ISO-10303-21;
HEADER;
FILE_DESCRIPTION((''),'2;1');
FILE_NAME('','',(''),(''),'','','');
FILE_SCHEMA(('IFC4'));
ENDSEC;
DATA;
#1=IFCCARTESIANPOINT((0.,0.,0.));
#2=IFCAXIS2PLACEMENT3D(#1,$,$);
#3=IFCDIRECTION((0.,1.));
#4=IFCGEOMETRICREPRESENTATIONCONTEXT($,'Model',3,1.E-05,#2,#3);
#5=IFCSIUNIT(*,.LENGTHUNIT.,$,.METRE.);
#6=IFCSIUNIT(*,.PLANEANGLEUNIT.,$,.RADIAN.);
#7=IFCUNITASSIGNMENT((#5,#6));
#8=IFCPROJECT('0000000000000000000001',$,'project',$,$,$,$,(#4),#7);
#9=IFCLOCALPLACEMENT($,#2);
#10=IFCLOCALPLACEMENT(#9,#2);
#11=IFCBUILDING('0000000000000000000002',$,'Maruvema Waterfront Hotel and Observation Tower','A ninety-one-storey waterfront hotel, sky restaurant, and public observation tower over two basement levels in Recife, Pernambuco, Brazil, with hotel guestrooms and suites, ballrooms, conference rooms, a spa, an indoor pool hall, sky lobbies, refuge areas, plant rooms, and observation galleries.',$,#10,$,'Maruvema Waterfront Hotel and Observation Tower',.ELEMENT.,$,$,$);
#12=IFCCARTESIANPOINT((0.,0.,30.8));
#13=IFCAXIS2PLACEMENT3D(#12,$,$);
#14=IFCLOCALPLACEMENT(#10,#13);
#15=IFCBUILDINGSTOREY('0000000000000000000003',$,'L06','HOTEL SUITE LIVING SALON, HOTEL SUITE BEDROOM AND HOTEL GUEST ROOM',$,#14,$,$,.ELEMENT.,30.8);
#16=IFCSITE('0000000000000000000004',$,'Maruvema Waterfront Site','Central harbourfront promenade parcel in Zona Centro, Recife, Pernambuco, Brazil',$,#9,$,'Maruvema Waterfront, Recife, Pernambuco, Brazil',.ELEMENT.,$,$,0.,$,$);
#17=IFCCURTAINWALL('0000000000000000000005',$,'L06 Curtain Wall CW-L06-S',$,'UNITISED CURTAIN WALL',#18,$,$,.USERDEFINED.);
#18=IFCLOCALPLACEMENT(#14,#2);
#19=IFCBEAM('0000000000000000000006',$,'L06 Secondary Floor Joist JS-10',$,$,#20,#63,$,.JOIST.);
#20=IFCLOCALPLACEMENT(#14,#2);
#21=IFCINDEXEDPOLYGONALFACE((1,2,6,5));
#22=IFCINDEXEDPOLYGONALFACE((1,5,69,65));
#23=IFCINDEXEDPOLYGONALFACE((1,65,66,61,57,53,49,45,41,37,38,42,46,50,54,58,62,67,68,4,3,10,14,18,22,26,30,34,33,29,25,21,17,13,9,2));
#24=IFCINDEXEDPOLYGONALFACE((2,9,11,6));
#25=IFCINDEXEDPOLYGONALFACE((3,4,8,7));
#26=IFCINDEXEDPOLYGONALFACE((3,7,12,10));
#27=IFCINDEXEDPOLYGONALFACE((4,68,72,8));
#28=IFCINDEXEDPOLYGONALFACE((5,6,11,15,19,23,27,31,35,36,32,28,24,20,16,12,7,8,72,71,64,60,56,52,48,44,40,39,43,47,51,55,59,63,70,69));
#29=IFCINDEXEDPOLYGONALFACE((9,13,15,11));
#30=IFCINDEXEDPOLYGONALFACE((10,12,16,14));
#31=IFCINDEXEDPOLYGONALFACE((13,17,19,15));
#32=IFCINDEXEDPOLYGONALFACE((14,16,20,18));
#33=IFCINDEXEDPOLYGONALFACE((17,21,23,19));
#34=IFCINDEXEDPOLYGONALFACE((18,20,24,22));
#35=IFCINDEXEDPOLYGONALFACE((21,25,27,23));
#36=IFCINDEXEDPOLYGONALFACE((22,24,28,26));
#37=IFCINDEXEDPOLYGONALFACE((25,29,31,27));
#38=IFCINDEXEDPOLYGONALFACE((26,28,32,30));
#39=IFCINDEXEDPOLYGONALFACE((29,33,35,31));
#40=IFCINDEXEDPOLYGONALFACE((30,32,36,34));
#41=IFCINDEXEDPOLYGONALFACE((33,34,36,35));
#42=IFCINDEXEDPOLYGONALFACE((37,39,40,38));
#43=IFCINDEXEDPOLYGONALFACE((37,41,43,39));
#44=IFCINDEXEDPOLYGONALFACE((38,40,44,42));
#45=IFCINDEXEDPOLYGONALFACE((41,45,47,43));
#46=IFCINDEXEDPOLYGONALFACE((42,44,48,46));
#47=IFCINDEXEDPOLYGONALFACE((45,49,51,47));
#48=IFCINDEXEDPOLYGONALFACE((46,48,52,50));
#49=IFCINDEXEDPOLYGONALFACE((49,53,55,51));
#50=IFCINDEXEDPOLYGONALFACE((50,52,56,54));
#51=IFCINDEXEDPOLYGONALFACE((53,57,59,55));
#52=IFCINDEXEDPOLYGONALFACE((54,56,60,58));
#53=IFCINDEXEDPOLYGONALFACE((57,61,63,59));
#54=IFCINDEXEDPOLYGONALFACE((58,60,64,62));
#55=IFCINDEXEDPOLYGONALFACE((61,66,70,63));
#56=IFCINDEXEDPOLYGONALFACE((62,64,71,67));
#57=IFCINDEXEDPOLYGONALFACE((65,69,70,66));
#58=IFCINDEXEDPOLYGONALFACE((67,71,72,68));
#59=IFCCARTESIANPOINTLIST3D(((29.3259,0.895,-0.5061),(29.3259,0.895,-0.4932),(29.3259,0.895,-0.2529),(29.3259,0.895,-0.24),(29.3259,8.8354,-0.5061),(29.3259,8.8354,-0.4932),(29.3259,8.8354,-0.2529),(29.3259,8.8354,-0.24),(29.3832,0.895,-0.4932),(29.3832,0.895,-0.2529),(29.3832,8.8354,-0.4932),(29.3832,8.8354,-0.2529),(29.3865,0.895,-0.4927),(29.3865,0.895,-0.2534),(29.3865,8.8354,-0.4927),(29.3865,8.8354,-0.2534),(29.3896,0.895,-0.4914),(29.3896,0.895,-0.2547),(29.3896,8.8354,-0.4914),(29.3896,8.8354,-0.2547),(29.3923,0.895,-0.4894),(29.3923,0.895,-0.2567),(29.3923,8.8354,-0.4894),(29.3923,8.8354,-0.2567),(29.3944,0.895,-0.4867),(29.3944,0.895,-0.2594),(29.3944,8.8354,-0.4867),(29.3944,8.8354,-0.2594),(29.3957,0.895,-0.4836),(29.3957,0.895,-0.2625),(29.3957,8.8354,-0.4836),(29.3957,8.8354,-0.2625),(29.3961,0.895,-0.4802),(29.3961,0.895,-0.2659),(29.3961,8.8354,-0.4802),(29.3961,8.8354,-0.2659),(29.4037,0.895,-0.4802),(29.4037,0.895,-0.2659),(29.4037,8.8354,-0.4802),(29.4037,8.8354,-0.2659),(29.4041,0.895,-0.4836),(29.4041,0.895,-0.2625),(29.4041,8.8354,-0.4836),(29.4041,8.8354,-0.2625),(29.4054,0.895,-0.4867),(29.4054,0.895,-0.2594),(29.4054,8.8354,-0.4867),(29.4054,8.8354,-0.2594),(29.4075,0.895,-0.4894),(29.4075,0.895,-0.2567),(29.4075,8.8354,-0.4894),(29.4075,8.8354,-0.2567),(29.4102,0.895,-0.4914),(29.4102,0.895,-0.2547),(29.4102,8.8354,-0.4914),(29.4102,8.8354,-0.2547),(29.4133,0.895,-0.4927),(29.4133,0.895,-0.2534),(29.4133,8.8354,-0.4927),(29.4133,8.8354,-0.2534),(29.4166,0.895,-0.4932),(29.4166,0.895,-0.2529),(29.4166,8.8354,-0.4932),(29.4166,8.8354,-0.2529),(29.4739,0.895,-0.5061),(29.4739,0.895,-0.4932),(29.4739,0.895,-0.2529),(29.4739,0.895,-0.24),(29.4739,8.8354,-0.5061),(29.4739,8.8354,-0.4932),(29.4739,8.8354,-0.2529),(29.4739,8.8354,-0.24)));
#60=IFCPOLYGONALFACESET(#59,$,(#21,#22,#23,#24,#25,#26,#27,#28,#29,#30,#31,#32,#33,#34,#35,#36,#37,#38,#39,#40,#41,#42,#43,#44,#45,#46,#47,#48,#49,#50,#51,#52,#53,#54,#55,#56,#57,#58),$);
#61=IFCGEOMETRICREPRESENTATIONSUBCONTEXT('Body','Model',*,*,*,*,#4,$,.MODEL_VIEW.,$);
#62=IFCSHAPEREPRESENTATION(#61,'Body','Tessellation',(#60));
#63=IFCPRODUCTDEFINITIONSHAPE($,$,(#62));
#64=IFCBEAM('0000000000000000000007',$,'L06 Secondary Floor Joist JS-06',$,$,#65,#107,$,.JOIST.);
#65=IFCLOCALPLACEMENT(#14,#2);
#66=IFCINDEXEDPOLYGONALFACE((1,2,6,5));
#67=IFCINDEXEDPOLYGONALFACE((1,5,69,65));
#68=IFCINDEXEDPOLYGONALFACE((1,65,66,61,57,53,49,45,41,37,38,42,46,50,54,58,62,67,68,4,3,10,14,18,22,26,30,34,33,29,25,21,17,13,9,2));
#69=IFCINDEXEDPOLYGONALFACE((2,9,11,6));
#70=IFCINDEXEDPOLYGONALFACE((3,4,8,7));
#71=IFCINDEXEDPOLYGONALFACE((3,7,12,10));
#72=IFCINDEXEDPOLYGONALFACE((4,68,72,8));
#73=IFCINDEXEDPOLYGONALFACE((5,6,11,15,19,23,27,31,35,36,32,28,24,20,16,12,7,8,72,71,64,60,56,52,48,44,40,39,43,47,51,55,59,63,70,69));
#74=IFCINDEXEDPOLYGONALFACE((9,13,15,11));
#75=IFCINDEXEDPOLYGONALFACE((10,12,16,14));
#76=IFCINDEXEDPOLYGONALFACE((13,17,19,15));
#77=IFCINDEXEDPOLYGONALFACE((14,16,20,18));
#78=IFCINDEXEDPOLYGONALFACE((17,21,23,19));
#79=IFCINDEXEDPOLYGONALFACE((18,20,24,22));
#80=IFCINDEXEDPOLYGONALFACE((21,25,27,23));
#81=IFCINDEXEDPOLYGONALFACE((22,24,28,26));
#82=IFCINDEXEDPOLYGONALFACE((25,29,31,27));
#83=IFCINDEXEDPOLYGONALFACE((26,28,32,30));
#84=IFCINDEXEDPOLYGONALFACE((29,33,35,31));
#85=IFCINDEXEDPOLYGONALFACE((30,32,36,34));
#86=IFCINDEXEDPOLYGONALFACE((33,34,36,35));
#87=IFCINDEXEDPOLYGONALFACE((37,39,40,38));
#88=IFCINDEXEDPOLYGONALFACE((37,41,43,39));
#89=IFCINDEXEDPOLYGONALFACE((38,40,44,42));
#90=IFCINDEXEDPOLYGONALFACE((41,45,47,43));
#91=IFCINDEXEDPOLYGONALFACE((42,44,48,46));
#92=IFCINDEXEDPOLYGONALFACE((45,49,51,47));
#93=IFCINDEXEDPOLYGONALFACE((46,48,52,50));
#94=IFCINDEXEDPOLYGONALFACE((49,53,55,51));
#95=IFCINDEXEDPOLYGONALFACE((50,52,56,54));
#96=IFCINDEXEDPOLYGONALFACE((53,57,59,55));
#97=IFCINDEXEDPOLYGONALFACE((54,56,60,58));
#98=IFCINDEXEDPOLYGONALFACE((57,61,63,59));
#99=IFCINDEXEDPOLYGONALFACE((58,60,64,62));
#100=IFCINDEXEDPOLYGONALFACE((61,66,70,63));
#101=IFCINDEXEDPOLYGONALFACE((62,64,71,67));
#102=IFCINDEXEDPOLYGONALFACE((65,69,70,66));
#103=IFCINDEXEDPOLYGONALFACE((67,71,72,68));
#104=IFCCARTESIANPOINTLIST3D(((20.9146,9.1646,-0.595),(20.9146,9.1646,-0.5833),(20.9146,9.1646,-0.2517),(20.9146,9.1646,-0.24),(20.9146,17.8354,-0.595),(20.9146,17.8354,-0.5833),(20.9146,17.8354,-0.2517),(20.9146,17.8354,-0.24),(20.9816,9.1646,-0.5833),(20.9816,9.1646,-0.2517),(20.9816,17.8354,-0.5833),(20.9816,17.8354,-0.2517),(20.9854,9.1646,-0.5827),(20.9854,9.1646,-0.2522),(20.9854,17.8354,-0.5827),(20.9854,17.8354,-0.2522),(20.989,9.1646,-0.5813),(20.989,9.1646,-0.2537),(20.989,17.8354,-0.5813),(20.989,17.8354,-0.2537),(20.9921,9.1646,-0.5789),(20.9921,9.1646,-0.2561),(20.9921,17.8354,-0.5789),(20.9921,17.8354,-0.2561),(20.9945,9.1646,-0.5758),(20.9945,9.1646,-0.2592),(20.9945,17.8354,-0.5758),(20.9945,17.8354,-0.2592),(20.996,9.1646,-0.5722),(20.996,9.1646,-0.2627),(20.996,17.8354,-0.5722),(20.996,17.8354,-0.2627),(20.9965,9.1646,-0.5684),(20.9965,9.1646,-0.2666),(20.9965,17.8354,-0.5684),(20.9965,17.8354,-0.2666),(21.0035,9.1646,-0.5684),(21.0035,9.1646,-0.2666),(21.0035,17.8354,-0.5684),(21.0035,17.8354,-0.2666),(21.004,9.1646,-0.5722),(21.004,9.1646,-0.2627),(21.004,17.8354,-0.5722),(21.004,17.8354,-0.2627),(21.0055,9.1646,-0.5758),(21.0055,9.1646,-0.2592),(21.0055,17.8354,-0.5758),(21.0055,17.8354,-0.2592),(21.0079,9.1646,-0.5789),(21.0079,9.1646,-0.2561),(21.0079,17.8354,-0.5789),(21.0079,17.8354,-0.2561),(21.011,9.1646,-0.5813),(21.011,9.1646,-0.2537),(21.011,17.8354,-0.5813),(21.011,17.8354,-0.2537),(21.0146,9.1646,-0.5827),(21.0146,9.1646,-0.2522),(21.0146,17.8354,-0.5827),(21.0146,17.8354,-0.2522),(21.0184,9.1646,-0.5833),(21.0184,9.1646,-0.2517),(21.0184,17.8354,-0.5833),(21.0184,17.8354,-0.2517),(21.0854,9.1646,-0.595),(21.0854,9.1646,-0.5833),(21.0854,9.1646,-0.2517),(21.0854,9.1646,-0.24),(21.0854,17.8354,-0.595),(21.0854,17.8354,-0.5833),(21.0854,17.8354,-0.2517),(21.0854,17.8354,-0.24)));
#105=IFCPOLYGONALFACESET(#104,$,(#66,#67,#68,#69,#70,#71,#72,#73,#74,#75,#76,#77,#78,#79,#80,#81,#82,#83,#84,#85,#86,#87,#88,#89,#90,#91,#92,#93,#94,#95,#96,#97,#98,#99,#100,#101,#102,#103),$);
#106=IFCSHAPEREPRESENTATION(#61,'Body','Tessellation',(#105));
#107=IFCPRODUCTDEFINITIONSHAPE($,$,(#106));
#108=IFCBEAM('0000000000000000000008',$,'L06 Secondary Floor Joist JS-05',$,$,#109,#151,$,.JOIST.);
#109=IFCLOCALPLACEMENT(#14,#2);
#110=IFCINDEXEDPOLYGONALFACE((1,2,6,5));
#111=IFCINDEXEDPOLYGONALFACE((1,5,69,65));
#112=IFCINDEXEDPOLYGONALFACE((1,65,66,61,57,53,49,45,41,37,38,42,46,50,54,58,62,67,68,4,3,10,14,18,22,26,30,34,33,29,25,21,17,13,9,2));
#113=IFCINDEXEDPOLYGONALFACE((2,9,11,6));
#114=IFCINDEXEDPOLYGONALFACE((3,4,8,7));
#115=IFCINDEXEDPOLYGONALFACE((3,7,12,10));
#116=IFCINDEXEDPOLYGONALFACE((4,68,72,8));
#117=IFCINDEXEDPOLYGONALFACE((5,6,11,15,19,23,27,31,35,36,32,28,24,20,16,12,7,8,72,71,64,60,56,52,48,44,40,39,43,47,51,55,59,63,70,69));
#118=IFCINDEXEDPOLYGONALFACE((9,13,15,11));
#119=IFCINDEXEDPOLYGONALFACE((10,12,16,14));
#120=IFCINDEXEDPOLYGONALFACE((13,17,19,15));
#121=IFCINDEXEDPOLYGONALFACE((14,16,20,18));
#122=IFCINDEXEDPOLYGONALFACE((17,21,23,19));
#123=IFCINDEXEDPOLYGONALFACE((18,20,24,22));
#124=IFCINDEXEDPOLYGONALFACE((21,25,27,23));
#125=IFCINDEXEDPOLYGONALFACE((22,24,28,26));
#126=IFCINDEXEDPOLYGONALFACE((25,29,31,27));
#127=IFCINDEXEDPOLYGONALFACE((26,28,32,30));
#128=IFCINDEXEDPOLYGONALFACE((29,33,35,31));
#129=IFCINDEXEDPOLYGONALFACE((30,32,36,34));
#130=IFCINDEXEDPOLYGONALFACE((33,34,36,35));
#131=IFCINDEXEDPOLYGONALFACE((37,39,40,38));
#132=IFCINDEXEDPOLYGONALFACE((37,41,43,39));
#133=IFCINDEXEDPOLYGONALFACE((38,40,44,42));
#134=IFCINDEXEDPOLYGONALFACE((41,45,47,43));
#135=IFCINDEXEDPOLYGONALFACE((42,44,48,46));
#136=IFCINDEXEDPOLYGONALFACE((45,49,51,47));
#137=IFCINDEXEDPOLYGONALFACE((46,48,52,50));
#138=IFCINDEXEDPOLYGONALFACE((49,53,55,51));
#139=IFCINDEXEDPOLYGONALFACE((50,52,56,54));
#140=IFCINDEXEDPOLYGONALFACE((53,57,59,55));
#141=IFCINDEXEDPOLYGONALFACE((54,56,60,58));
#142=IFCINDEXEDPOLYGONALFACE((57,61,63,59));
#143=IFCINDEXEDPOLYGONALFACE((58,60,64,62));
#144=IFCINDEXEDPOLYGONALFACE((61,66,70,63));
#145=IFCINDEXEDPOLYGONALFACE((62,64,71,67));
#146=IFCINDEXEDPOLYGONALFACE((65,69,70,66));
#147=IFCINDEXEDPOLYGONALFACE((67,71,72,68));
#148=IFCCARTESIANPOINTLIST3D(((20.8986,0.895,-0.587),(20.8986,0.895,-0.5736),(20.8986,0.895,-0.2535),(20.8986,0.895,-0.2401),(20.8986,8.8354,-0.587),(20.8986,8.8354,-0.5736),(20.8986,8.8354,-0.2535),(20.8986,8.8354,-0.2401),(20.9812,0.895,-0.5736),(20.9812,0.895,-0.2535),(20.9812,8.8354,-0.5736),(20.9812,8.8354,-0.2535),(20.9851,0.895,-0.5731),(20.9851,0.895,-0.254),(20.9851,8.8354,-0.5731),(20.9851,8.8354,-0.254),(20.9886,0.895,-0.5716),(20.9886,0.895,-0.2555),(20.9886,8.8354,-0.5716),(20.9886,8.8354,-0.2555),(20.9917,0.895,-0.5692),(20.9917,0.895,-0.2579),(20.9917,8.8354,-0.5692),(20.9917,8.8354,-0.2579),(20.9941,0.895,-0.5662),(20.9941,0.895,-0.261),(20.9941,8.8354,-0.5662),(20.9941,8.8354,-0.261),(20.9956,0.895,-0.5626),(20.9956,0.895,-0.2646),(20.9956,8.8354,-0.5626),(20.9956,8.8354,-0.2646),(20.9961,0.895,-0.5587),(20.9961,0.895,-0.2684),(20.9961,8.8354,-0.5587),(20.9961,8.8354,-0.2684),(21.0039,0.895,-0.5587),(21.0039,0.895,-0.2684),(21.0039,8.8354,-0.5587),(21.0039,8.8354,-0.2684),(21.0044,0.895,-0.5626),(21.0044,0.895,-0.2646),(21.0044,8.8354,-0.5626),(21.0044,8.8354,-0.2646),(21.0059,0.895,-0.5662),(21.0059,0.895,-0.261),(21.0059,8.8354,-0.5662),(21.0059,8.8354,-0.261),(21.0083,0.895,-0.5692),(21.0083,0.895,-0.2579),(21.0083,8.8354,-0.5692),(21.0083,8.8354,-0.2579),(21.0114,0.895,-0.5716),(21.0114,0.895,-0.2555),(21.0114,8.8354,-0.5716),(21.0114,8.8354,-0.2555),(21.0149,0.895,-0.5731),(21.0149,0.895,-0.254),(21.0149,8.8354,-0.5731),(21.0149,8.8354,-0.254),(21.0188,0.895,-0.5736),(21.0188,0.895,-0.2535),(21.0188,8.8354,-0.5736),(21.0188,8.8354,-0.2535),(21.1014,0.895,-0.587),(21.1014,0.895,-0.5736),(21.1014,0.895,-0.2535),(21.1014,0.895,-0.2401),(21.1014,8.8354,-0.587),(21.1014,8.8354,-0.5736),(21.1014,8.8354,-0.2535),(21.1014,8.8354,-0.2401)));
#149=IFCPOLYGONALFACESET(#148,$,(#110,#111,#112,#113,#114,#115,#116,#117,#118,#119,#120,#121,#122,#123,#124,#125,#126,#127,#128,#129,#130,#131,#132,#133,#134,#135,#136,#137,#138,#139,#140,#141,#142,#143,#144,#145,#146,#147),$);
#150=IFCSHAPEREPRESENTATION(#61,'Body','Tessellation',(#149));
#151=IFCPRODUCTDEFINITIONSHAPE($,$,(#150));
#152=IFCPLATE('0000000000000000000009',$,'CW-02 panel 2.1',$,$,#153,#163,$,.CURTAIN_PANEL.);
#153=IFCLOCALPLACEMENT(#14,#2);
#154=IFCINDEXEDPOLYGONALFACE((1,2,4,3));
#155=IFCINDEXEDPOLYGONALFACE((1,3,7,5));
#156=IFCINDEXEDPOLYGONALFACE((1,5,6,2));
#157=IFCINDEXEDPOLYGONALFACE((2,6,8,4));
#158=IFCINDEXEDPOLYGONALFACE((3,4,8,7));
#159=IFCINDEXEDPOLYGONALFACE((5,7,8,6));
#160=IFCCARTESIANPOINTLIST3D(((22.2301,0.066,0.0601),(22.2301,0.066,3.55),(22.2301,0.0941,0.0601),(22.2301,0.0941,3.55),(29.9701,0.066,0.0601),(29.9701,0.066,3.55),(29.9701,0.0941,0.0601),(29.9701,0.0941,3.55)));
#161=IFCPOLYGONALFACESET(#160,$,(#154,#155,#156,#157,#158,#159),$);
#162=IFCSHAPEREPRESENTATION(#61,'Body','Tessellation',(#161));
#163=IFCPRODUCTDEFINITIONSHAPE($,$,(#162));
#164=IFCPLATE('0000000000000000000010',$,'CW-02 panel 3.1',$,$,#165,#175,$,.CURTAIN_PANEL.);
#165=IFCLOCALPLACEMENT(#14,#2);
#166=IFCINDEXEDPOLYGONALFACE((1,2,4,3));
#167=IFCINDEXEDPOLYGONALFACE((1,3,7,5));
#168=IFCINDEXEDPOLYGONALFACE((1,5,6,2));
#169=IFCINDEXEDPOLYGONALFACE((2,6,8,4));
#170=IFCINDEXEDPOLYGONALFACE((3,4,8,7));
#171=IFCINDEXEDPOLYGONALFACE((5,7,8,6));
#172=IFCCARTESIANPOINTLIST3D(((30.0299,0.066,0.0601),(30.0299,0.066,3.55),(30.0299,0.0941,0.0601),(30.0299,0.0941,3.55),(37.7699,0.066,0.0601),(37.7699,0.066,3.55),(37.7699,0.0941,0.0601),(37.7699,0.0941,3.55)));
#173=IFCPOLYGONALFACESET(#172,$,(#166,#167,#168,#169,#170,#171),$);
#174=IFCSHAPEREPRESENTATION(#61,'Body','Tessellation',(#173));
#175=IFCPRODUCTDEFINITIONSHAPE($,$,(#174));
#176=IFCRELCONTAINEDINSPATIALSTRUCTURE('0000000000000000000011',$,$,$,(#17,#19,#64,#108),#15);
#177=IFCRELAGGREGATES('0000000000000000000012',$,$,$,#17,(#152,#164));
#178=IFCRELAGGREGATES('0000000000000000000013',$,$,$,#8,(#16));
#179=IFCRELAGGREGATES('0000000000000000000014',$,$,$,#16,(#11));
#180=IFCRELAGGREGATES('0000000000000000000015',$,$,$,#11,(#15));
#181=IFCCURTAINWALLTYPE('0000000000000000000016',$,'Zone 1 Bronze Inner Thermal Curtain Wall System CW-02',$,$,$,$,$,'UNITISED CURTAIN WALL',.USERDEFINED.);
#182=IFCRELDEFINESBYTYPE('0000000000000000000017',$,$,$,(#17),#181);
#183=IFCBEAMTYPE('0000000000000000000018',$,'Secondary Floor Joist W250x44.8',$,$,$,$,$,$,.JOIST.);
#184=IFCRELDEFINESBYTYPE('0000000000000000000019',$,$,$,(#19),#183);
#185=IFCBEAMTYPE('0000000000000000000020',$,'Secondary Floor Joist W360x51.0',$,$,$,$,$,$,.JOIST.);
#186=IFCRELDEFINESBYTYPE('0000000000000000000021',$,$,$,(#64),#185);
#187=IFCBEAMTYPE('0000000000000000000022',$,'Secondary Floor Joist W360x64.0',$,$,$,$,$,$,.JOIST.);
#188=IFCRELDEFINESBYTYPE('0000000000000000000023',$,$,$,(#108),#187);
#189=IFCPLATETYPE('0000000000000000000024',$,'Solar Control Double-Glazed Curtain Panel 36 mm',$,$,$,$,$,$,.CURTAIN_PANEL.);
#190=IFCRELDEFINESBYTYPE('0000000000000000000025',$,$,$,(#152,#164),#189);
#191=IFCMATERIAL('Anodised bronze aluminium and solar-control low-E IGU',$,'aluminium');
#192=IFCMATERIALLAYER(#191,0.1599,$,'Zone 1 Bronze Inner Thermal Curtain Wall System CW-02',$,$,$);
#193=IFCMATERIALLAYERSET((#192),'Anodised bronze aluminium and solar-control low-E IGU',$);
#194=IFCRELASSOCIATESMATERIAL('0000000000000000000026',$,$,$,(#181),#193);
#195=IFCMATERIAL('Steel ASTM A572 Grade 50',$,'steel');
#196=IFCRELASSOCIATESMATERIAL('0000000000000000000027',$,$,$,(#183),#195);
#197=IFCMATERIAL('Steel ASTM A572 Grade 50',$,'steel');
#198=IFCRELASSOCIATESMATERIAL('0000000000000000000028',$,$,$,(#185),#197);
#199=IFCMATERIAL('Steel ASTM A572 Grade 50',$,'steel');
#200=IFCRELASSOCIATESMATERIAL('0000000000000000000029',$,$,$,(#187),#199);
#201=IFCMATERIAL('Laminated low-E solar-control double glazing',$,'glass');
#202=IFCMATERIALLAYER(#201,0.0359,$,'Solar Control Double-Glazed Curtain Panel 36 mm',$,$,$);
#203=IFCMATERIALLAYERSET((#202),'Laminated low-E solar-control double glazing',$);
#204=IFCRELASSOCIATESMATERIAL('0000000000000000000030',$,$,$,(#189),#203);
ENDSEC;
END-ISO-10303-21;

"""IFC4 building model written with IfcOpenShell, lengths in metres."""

from ifc_helpers import new_model, si_unit, direction, frame, origin, origin_2d, place, context, subcontext, project, spatial, rectangle, i_section, extrude, material, layer, layer_set, material_profile, profile_set, type_object, element, aggregate, save


model = new_model("IFC4")

# Units and contexts
model_context = context("Model", 3, precision=1e-05, world=origin(), true_north=direction((0.0, 1.0)))
body_context = subcontext(model_context, "Body", "Model", "MODEL_VIEW")
ifc_project = project(units=[si_unit("LENGTHUNIT", "METRE"), si_unit("PLANEANGLEUNIT", "RADIAN")], contexts=[model_context])

# Site, building, storey
site_placement = place(None, origin())
site = spatial("IfcSite", under=ifc_project, at=site_placement, Name="Maruvema Waterfront Site", Description="Central harbourfront promenade parcel in Zona Centro, Recife, Pernambuco, Brazil", LongName="Maruvema Waterfront, Recife, Pernambuco, Brazil", CompositionType="ELEMENT", RefElevation=0.0)
building_placement = place(site_placement, origin())
building = spatial("IfcBuilding", under=site, at=building_placement, Name="Maruvema Waterfront Hotel and Observation Tower", Description="A ninety-one-storey waterfront hotel, sky restaurant, and public observation tower over two basement levels in Recife, Pernambuco, Brazil, with hotel guestrooms and suites, ballrooms, conference rooms, a spa, an indoor pool hall, sky lobbies, refuge areas, plant rooms, and observation galleries.", LongName="Maruvema Waterfront Hotel and Observation Tower", CompositionType="ELEMENT")
storey_placement = place(building_placement, frame((0.0, 0.0, 30.8)))
storey = spatial("IfcBuildingStorey", under=building, at=storey_placement, Name="L06", Description="HOTEL SUITE LIVING SALON, HOTEL SUITE BEDROOM AND HOTEL GUEST ROOM", CompositionType="ELEMENT", Elevation=30.8)

# Curtain wall
ifc_material_1 = material(Name="Anodised bronze aluminium and solar-control low-E IGU", Category="aluminium")
ifc_layer_1 = layer(ifc_material_1, 0.1599, Name="Zone 1 Bronze Inner Thermal Curtain Wall System CW-02")
ifc_layer_set_1 = layer_set([ifc_layer_1], Name="Anodised bronze aluminium and solar-control low-E IGU")
curtain_wall_type = type_object("IfcCurtainWallType", Name="Zone 1 Bronze Inner Thermal Curtain Wall System CW-02", ElementType="UNITISED CURTAIN WALL", PredefinedType="USERDEFINED", material=ifc_layer_set_1)
curtain_wall_placement = place(storey_placement, origin())
curtain_wall = element("IfcCurtainWall", 1, at=curtain_wall_placement, inside=storey, type_object=curtain_wall_type, Name="L06 Curtain Wall CW-L06-S", ObjectType="UNITISED CURTAIN WALL", PredefinedType="USERDEFINED")

# Beams
ifc_material_2 = material(Name="Steel ASTM A572 Grade 50", Category="steel")
ifc_material_profile_1 = material_profile(ifc_material_2, i_section(OverallWidth=0.1479, OverallDepth=0.2661, WebThickness=0.0076, FlangeThickness=0.0129, FilletRadius=0.0129, at=origin_2d()), Name="W250x44.8")
ifc_profile_set_1 = profile_set([ifc_material_profile_1], Name="Steel ASTM A572 Grade 50")
beam_type_1 = type_object("IfcBeamType", Name="Secondary Floor Joist W250x44.8", PredefinedType="JOIST", material=ifc_profile_set_1)
beam_1_placement = place(storey_placement, frame((29.3999, 0.895, -0.373), z_axis=(0.0, 1.0, 0.0), x_axis=(-1.0, 0.0, 0.0)))
element("IfcBeam", 2, at=beam_1_placement, inside=storey, type_object=beam_type_1, Name="L06 Secondary Floor Joist JS-10", PredefinedType="JOIST", context=body_context, shape_type="SweptSolid", body=[
    extrude(i_section(OverallWidth=0.1479, OverallDepth=0.2661, WebThickness=0.0076, FlangeThickness=0.0129, FilletRadius=0.0129, at=origin_2d()), origin(), (0.0, 0.0, 1.0), 7.9404),
])
ifc_material_3 = material(Name="Steel ASTM A572 Grade 50", Category="steel")
ifc_material_profile_2 = material_profile(ifc_material_3, i_section(OverallWidth=0.1709, OverallDepth=0.355, WebThickness=0.0071, FlangeThickness=0.0117, FilletRadius=0.0149, at=origin_2d()), Name="W360x51.0")
ifc_profile_set_2 = profile_set([ifc_material_profile_2], Name="Steel ASTM A572 Grade 50")
beam_type_2 = type_object("IfcBeamType", Name="Secondary Floor Joist W360x51.0", PredefinedType="JOIST", material=ifc_profile_set_2)
beam_2_placement = place(storey_placement, frame((21.0, 9.1646, -0.4175), z_axis=(0.0, 1.0, 0.0), x_axis=(-1.0, 0.0, 0.0)))
element("IfcBeam", 3, at=beam_2_placement, inside=storey, type_object=beam_type_2, Name="L06 Secondary Floor Joist JS-06", PredefinedType="JOIST", context=body_context, shape_type="SweptSolid", body=[
    extrude(i_section(OverallWidth=0.1709, OverallDepth=0.355, WebThickness=0.0071, FlangeThickness=0.0117, FilletRadius=0.0149, at=origin_2d()), origin(), (0.0, 0.0, 1.0), 8.6709),
])
ifc_material_4 = material(Name="Steel ASTM A572 Grade 50", Category="steel")
ifc_material_profile_3 = material_profile(ifc_material_4, i_section(OverallWidth=0.2029, OverallDepth=0.3469, WebThickness=0.0078, FlangeThickness=0.0134, FilletRadius=0.0149, at=origin_2d()), Name="W360x64.0")
ifc_profile_set_3 = profile_set([ifc_material_profile_3], Name="Steel ASTM A572 Grade 50")
beam_type_3 = type_object("IfcBeamType", Name="Secondary Floor Joist W360x64.0", PredefinedType="JOIST", material=ifc_profile_set_3)
beam_3_placement = place(storey_placement, frame((21.0, 0.895, -0.4136), z_axis=(0.0, 1.0, 0.0), x_axis=(-1.0, 0.0, 0.0)))
element("IfcBeam", 4, at=beam_3_placement, inside=storey, type_object=beam_type_3, Name="L06 Secondary Floor Joist JS-05", PredefinedType="JOIST", context=body_context, shape_type="SweptSolid", body=[
    extrude(i_section(OverallWidth=0.2029, OverallDepth=0.3469, WebThickness=0.0078, FlangeThickness=0.0134, FilletRadius=0.0149, at=origin_2d()), origin(), (0.0, 0.0, 1.0), 7.9404),
])

# Plates
ifc_material_5 = material(Name="Laminated low-E solar-control double glazing", Category="glass")
ifc_layer_2 = layer(ifc_material_5, 0.0359, Name="Solar Control Double-Glazed Curtain Panel 36 mm")
ifc_layer_set_2 = layer_set([ifc_layer_2], Name="Laminated low-E solar-control double glazing")
plate_type = type_object("IfcPlateType", Name="Solar Control Double-Glazed Curtain Panel 36 mm", PredefinedType="CURTAIN_PANEL", material=ifc_layer_set_2)
plate_1_placement = place(storey_placement, frame((26.1001, 0.0801, 0.0601), z_axis=(0.0, 0.0, 1.0), x_axis=(1.0, 0.0, 0.0)))
plate_1 = element("IfcPlate", 5, at=plate_1_placement, type_object=plate_type, Name="CW-02 panel 2.1", PredefinedType="CURTAIN_PANEL", context=body_context, shape_type="SweptSolid", body=[
    extrude(rectangle(XDim=7.74, YDim=0.0281, at=origin_2d()), origin(), (0.0, 0.0, 1.0), 3.49),
])
plate_2_placement = place(storey_placement, frame((33.8999, 0.0801, 0.0601), z_axis=(0.0, 0.0, 1.0), x_axis=(1.0, 0.0, 0.0)))
plate_2 = element("IfcPlate", 6, at=plate_2_placement, type_object=plate_type, Name="CW-02 panel 3.1", PredefinedType="CURTAIN_PANEL", context=body_context, shape_type="SweptSolid", body=[
    extrude(rectangle(XDim=7.74, YDim=0.0281, at=origin_2d()), origin(), (0.0, 0.0, 1.0), 3.49),
])
aggregate(curtain_wall, [plate_1, plate_2])

save(model, "model.ifc")
